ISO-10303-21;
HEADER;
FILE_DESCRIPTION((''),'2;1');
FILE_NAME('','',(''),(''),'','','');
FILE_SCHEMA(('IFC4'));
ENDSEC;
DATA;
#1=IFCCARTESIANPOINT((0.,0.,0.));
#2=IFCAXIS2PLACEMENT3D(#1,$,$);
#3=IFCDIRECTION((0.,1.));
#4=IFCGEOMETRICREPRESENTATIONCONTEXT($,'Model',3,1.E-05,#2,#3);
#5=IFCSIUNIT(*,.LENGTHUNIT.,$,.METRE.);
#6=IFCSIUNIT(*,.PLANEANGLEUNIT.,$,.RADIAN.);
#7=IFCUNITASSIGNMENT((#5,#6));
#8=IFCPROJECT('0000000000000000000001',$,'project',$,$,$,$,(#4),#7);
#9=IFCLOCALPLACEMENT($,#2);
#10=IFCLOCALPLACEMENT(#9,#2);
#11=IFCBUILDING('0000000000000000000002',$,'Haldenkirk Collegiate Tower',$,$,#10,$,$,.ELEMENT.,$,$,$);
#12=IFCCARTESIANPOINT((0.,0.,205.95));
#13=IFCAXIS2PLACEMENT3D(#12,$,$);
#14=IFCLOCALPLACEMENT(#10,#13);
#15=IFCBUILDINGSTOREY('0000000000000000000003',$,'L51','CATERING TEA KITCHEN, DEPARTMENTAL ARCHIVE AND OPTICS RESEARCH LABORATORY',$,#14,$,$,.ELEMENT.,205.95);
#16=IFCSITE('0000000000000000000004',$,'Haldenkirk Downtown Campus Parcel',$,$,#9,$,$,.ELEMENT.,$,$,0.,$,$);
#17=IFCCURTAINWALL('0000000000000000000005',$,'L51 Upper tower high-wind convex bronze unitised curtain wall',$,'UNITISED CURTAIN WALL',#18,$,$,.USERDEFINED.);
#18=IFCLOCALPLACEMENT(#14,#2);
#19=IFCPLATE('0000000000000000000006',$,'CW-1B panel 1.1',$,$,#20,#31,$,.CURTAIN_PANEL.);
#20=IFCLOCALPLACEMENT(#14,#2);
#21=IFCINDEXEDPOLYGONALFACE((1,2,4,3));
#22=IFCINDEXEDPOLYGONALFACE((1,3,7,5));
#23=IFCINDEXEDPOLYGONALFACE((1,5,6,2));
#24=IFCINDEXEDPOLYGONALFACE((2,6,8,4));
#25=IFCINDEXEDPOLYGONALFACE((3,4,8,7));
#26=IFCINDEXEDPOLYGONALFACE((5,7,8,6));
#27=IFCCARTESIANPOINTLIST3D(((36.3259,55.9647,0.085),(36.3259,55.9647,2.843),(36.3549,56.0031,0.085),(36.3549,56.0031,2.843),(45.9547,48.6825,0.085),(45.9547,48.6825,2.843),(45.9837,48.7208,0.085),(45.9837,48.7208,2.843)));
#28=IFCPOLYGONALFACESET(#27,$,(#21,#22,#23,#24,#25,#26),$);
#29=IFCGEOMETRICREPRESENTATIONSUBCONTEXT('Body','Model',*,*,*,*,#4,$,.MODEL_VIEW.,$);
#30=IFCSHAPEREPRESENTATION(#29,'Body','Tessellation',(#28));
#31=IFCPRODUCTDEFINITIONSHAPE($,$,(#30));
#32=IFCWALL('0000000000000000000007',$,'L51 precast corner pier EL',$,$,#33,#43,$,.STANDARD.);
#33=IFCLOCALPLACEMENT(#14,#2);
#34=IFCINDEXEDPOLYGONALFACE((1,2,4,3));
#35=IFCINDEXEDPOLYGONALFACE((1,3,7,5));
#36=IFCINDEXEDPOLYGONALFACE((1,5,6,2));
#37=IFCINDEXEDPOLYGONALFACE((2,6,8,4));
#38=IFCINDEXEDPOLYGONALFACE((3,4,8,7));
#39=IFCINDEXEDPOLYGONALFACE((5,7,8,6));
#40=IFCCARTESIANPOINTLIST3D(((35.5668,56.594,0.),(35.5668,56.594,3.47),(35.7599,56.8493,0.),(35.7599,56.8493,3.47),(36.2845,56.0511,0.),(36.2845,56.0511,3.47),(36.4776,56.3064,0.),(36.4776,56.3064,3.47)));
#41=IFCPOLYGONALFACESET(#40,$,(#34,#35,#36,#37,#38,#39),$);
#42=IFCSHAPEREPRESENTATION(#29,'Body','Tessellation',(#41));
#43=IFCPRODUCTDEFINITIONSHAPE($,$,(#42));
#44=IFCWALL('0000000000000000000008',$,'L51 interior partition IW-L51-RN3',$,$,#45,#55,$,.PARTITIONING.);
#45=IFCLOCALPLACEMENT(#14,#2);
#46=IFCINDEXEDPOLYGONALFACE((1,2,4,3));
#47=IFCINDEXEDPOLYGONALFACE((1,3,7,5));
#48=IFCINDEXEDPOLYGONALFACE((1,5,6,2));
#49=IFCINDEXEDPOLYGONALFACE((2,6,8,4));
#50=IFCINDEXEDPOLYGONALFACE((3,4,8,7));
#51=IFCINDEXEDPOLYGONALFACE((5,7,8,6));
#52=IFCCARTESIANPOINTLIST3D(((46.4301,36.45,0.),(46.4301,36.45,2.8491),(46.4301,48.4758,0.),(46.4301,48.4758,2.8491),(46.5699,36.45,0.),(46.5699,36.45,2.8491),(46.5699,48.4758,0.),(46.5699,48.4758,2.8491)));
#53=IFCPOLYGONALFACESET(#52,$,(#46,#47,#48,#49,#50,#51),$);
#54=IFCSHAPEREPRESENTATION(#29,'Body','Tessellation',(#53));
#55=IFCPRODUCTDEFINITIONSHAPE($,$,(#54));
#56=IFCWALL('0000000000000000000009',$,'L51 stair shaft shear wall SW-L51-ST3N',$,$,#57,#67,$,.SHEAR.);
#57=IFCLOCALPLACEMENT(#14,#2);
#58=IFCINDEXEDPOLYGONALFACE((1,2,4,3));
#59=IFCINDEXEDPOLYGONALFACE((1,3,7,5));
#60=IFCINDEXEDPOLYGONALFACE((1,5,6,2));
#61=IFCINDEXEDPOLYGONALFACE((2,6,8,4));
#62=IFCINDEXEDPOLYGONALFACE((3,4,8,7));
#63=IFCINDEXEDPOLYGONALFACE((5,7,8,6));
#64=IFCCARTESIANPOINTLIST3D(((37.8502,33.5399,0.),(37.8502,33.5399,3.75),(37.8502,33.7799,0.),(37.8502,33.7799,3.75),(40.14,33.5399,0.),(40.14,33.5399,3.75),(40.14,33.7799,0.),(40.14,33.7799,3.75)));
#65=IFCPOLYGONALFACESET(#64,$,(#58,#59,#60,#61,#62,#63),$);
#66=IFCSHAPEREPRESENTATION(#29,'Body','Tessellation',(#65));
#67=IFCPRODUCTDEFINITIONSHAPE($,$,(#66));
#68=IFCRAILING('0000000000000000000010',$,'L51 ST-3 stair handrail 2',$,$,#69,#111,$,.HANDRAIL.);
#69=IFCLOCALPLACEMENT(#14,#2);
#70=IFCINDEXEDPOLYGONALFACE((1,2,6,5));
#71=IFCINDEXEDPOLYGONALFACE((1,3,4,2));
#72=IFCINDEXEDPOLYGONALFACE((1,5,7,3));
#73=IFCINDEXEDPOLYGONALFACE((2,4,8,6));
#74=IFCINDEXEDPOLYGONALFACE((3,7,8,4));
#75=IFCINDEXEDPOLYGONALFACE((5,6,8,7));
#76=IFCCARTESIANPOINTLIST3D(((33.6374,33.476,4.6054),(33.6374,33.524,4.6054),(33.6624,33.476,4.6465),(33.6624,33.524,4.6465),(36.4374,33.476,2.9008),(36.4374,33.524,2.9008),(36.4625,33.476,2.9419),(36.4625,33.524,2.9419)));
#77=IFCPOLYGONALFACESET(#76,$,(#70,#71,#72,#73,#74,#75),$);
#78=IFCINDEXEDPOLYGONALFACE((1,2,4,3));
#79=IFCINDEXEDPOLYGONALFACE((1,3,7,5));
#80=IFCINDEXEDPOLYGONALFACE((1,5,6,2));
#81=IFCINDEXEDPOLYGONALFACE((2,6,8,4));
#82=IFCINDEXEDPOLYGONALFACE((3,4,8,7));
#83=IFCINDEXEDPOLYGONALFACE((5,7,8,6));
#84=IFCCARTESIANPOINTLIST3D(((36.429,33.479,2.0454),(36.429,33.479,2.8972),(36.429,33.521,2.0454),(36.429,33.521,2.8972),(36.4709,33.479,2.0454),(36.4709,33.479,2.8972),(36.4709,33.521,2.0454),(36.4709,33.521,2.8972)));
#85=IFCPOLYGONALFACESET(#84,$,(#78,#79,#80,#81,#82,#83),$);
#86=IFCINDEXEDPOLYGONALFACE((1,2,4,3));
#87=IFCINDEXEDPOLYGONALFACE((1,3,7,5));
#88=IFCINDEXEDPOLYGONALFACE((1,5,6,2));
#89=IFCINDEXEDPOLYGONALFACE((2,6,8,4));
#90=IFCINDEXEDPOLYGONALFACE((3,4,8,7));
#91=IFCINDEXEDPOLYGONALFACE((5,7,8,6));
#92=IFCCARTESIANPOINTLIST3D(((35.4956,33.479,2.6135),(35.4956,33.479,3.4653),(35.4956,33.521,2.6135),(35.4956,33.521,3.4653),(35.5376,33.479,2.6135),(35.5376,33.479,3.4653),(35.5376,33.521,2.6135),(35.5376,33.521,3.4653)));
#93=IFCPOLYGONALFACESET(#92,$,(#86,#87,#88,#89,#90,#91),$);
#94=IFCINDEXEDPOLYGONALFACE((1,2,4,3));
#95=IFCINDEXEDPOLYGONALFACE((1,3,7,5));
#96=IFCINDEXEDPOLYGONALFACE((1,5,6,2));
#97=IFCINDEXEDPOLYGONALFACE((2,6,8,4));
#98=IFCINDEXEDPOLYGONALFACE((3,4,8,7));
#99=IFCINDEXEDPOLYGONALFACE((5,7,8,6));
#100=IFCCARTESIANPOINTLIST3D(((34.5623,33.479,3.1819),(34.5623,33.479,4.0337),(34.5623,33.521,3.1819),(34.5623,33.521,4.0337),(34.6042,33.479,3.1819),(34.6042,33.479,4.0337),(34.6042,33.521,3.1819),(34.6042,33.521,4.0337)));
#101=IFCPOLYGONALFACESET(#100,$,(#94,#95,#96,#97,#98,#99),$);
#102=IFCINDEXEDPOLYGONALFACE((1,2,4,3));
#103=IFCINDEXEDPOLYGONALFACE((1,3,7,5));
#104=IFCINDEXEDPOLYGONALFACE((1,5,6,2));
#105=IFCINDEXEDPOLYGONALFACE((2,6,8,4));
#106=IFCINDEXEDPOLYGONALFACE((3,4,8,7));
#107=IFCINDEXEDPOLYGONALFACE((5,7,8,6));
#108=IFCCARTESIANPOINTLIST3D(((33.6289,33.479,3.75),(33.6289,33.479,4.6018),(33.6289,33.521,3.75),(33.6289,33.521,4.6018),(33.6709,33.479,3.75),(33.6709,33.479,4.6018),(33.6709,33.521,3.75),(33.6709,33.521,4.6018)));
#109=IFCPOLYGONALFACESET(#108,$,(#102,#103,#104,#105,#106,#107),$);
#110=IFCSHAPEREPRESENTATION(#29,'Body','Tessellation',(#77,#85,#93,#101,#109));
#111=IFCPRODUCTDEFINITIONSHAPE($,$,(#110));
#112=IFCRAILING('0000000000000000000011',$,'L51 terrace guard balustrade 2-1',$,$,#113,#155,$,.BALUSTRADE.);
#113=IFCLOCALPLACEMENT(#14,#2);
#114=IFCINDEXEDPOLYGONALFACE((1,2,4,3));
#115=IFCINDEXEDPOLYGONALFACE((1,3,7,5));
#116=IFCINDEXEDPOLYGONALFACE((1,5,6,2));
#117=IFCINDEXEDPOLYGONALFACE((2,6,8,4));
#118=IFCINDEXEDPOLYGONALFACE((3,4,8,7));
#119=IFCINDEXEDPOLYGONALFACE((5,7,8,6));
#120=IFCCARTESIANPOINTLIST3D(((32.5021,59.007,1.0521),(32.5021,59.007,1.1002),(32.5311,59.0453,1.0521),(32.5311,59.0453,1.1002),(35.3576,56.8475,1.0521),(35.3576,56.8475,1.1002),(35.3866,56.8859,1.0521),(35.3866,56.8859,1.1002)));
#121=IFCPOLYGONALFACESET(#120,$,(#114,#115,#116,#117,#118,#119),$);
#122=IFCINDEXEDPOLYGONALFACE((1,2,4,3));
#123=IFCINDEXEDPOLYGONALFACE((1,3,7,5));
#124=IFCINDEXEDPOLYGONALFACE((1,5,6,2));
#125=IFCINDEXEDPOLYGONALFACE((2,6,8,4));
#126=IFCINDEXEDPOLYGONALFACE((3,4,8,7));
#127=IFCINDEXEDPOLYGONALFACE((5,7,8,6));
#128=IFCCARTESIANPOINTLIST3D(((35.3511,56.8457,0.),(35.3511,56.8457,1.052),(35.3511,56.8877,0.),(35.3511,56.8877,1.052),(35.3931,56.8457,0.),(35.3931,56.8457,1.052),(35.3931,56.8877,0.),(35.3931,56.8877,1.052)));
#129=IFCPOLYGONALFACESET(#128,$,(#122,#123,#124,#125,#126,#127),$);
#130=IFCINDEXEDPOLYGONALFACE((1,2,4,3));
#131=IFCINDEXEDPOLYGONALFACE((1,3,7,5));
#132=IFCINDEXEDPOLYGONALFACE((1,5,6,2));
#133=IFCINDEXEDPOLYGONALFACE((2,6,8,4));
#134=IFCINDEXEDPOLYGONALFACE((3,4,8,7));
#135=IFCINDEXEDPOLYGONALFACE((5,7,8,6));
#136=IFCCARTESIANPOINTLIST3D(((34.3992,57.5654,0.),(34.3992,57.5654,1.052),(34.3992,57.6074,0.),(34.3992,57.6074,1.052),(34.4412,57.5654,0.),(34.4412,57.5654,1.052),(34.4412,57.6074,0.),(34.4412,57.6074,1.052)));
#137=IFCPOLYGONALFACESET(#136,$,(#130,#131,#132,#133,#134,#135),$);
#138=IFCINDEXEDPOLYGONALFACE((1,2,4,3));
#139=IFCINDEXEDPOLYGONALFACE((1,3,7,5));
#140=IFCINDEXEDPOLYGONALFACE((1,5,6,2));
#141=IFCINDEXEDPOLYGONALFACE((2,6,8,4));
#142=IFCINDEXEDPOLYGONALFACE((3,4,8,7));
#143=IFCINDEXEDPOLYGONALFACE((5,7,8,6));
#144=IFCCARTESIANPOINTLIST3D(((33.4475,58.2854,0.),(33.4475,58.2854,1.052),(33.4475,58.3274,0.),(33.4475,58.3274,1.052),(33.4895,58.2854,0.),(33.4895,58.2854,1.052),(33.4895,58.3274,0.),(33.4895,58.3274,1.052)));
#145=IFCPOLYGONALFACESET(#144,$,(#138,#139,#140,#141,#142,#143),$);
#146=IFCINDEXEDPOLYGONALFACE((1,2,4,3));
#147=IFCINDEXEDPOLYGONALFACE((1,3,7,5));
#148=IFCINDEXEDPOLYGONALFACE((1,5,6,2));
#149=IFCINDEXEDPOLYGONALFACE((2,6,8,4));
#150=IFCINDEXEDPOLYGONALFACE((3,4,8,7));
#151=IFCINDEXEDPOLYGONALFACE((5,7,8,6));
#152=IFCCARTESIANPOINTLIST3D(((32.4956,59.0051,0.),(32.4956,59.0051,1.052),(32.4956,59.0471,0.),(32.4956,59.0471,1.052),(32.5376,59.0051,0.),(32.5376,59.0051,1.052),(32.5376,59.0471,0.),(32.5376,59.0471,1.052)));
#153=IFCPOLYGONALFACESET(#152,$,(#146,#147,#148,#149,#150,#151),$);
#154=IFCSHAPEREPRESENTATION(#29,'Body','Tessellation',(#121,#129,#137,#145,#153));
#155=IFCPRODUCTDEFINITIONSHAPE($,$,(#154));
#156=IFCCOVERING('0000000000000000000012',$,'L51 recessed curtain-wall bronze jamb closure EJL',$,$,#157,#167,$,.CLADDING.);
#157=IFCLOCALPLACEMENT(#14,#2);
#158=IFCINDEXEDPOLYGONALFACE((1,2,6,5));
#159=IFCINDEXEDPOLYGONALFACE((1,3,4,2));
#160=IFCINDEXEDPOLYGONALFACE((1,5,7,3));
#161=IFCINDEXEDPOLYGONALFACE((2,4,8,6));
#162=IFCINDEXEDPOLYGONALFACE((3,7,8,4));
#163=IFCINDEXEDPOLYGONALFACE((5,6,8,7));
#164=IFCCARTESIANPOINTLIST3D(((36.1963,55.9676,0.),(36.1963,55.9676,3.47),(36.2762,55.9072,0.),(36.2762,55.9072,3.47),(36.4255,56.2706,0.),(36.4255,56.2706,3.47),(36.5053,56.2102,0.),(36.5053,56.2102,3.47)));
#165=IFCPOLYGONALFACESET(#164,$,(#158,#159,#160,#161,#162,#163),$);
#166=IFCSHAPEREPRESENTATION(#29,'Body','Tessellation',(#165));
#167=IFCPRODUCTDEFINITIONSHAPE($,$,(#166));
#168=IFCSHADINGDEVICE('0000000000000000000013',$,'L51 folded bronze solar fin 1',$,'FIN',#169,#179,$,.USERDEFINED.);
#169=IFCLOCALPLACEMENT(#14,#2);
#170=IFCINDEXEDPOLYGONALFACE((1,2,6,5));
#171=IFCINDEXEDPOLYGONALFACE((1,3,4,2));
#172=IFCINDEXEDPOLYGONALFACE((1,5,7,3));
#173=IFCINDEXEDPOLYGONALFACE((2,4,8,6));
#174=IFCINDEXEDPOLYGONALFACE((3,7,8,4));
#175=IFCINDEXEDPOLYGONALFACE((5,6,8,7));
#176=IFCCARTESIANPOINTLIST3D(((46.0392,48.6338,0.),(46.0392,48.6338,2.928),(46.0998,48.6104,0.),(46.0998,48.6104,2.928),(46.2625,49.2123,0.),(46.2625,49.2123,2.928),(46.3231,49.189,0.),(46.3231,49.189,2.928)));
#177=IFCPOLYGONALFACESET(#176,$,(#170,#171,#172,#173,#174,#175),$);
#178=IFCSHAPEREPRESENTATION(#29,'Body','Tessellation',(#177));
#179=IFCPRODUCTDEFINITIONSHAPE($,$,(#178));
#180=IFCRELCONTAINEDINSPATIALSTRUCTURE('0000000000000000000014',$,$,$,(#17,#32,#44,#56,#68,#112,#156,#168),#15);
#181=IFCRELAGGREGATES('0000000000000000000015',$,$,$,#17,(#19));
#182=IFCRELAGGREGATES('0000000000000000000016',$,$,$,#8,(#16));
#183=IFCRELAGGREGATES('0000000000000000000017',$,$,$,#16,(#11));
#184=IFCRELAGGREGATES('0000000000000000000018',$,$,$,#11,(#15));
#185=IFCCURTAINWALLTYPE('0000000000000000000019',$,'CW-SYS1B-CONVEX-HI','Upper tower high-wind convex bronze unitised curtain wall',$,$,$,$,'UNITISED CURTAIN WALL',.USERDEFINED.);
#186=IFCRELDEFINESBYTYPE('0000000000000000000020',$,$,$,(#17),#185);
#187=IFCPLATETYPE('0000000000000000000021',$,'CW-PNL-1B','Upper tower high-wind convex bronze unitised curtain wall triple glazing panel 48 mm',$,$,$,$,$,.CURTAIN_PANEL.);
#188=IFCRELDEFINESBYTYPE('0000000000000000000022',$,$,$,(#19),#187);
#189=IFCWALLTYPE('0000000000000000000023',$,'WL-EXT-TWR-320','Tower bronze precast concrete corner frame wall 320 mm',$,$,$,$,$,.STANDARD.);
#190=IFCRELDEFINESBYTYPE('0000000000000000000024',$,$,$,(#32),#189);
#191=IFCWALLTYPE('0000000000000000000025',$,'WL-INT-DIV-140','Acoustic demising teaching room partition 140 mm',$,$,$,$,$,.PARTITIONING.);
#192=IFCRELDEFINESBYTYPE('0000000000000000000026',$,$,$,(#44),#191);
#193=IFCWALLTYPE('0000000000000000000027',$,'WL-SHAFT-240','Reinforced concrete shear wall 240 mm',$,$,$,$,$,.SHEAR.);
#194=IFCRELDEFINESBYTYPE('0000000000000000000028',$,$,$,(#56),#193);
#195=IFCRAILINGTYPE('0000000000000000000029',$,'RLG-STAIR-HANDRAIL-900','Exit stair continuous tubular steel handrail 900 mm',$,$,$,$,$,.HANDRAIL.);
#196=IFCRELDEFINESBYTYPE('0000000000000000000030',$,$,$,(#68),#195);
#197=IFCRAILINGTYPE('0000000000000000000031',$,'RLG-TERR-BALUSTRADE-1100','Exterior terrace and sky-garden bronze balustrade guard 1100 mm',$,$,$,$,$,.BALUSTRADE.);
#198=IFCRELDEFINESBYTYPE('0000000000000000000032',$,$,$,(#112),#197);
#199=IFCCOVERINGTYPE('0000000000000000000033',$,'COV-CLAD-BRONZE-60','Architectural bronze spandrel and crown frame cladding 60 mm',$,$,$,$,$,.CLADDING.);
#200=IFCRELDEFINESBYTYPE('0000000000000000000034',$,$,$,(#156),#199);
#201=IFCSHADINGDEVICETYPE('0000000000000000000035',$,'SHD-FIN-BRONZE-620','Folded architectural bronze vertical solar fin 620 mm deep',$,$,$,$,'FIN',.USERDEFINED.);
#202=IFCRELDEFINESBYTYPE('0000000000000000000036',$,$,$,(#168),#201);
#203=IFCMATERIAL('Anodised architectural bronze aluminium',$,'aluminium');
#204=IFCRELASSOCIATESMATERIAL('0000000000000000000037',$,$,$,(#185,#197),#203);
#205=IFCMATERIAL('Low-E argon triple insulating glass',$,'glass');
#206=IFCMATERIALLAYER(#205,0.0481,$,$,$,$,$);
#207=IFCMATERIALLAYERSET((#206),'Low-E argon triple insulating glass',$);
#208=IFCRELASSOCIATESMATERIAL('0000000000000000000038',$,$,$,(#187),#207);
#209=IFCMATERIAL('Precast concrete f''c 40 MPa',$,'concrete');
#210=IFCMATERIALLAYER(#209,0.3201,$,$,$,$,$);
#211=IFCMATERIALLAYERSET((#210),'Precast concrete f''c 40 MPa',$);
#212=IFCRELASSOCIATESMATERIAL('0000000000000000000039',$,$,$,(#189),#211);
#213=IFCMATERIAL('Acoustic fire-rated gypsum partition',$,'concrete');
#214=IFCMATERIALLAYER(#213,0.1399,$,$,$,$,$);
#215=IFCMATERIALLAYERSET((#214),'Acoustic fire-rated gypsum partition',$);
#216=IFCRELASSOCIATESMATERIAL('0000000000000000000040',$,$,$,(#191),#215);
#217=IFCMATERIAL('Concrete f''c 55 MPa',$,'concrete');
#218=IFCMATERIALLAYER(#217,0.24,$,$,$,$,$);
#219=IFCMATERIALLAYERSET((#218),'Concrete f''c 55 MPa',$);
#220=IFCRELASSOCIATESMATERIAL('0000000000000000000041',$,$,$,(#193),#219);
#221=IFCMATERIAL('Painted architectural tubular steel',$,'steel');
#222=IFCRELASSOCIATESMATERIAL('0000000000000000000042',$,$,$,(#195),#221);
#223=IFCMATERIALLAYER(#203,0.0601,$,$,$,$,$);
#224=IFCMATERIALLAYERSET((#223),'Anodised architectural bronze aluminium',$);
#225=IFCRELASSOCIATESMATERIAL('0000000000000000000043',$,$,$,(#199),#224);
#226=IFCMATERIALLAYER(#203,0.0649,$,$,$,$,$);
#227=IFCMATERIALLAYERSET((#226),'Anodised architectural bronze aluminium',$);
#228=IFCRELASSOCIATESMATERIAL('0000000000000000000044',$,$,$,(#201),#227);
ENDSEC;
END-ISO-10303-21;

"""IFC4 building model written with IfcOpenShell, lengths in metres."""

from ifc_helpers import new_model, si_unit, direction, frame, frame_2d, origin, origin_2d, place, context, subcontext, project, spatial, rectangle, extrude, source, transform, mapped, material, layer, layer_set, type_object, element, aggregate, save


model = new_model("IFC4")

# Units and contexts
model_context = context("Model", 3, precision=1e-05, world=origin(), true_north=direction((0.0, 1.0)))
body_context = subcontext(model_context, "Body", "Model", "MODEL_VIEW")
ifc_project = project(units=[si_unit("LENGTHUNIT", "METRE"), si_unit("PLANEANGLEUNIT", "RADIAN")], contexts=[model_context])

# Site, building, storey
site_placement = place(None, origin())
site = spatial("IfcSite", under=ifc_project, at=site_placement, Name="Haldenkirk Downtown Campus Parcel", CompositionType="ELEMENT", RefElevation=0.0)
building_placement = place(site_placement, origin())
building = spatial("IfcBuilding", under=site, at=building_placement, Name="Haldenkirk Collegiate Tower", CompositionType="ELEMENT")
storey_placement = place(building_placement, frame((0.0, 0.0, 205.95)))
storey = spatial("IfcBuildingStorey", under=building, at=storey_placement, Name="L51", Description="CATERING TEA KITCHEN, DEPARTMENTAL ARCHIVE AND OPTICS RESEARCH LABORATORY", CompositionType="ELEMENT", Elevation=205.95)

# Curtain wall, plate
ifc_material_1 = material(Name="Anodised architectural bronze aluminium", Category="aluminium")
curtain_wall_type = type_object("IfcCurtainWallType", Name="CW-SYS1B-CONVEX-HI", Description="Upper tower high-wind convex bronze unitised curtain wall", ElementType="UNITISED CURTAIN WALL", PredefinedType="USERDEFINED", material=ifc_material_1)
curtain_wall_placement = place(storey_placement, origin())
curtain_wall = element("IfcCurtainWall", 1, at=curtain_wall_placement, inside=storey, type_object=curtain_wall_type, Name="L51 Upper tower high-wind convex bronze unitised curtain wall", ObjectType="UNITISED CURTAIN WALL", PredefinedType="USERDEFINED")
ifc_material_2 = material(Name="Low-E argon triple insulating glass", Category="glass")
ifc_layer_1 = layer(ifc_material_2, 0.0481)
ifc_layer_set_1 = layer_set([ifc_layer_1], Name="Low-E argon triple insulating glass")
plate_type = type_object("IfcPlateType", Name="CW-PNL-1B", Description="Upper tower high-wind convex bronze unitised curtain wall triple glazing panel 48 mm", PredefinedType="CURTAIN_PANEL", material=ifc_layer_set_1)
shared_shape_1 = source(origin(), body_context, "Body", "SweptSolid", [
    extrude(rectangle(XDim=12.0725, YDim=0.0481, at=origin_2d()), origin(), (0.0, 0.0, 1.0), 2.7581),
])
plate_placement = place(storey_placement, frame((41.1548, 52.3428, 0.085), z_axis=(0.0, 0.0, 1.0), x_axis=(0.797584, -0.603207, 0.0)))
plate = element("IfcPlate", 2, at=plate_placement, type_object=plate_type, Name="CW-1B panel 1.1", PredefinedType="CURTAIN_PANEL", context=body_context, shape_type="MappedRepresentation", body=[
    mapped(shared_shape_1, transform((0.0, 0.0, 0.0), x_axis=(1.0, 0.0, 0.0), y_axis=(0.0, 1.0, 0.0), z_axis=(0.0, 0.0, 1.0), scale=1.0)),
])
aggregate(curtain_wall, [plate])

# Walls
ifc_material_3 = material(Name="Precast concrete f'c 40 MPa", Category="concrete")
ifc_layer_2 = layer(ifc_material_3, 0.3201)
ifc_layer_set_2 = layer_set([ifc_layer_2], Name="Precast concrete f'c 40 MPa")
wall_type_1 = type_object("IfcWallType", Name="WL-EXT-TWR-320", Description="Tower bronze precast concrete corner frame wall 320 mm", PredefinedType="STANDARD", material=ifc_layer_set_2)
wall_1_placement = place(storey_placement, frame((35.6633, 56.7217, 0.0), z_axis=(0.0, 0.0, 1.0), x_axis=(0.797519, -0.603293, 0.0)))
element("IfcWall", 3, at=wall_1_placement, inside=storey, type_object=wall_type_1, Name="L51 precast corner pier EL", PredefinedType="STANDARD", context=body_context, shape_type="SweptSolid", body=[
    extrude(rectangle(XDim=0.8999, YDim=0.3201, at=frame_2d((0.45, 0.0))), origin(), (0.0, 0.0, 1.0), 3.47),
])
ifc_material_4 = material(Name="Acoustic fire-rated gypsum partition", Category="concrete")
ifc_layer_3 = layer(ifc_material_4, 0.1399)
ifc_layer_set_3 = layer_set([ifc_layer_3], Name="Acoustic fire-rated gypsum partition")
wall_type_2 = type_object("IfcWallType", Name="WL-INT-DIV-140", Description="Acoustic demising teaching room partition 140 mm", PredefinedType="PARTITIONING", material=ifc_layer_set_3)
wall_2_placement = place(storey_placement, frame((46.5, 36.45, 0.0), z_axis=(0.0, 0.0, 1.0), x_axis=(0.0, 1.0, 0.0)))
element("IfcWall", 4, at=wall_2_placement, inside=storey, type_object=wall_type_2, Name="L51 interior partition IW-L51-RN3", PredefinedType="PARTITIONING", context=body_context, shape_type="SweptSolid", body=[
    extrude(rectangle(XDim=12.0259, YDim=0.1399, at=frame_2d((6.0129, 0.0))), origin(), (0.0, 0.0, 1.0), 2.8491),
])
ifc_material_5 = material(Name="Concrete f'c 55 MPa", Category="concrete")
ifc_layer_4 = layer(ifc_material_5, 0.24)
ifc_layer_set_4 = layer_set([ifc_layer_4], Name="Concrete f'c 55 MPa")
wall_type_3 = type_object("IfcWallType", Name="WL-SHAFT-240", Description="Reinforced concrete shear wall 240 mm", PredefinedType="SHEAR", material=ifc_layer_set_4)
wall_3_placement = place(storey_placement, frame((37.8501, 33.6599, 0.0), z_axis=(0.0, 0.0, 1.0), x_axis=(1.0, 0.0, 0.0)))
element("IfcWall", 5, at=wall_3_placement, inside=storey, type_object=wall_type_3, Name="L51 stair shaft shear wall SW-L51-ST3N", PredefinedType="SHEAR", context=body_context, shape_type="SweptSolid", body=[
    extrude(rectangle(XDim=2.2898, YDim=0.24, at=frame_2d((1.145, 0.0))), origin(), (0.0, 0.0, 1.0), 3.75),
])

# Railings
ifc_material_6 = material(Name="Painted architectural tubular steel", Category="steel")
railing_type_1 = type_object("IfcRailingType", Name="RLG-STAIR-HANDRAIL-900", Description="Exit stair continuous tubular steel handrail 900 mm", PredefinedType="HANDRAIL", material=ifc_material_6)
railing_1_placement = place(storey_placement, frame((36.45, 33.5, 2.0454)))
element("IfcRailing", 6, at=railing_1_placement, inside=storey, type_object=railing_type_1, Name="L51 ST-3 stair handrail 2", PredefinedType="HANDRAIL", context=body_context, shape_type="SweptSolid", body=[
    extrude(rectangle(XDim=0.0481, YDim=0.0481, at=origin_2d()), frame((0.0, 0.0, 0.876), z_axis=(-0.85417, 0.0, 0.519994), x_axis=(0.0, -1.0, 0.0)), (0.0, 0.0, 1.0), 3.2781),
    extrude(rectangle(XDim=0.042, YDim=0.042, at=origin_2d()), origin(), (0.0, 0.0, 1.0), 0.8518),
    extrude(rectangle(XDim=0.042, YDim=0.042, at=origin_2d()), frame((-0.9333, 0.0, 0.5681)), (0.0, 0.0, 1.0), 0.8518),
    extrude(rectangle(XDim=0.042, YDim=0.042, at=origin_2d()), frame((-1.8667, 0.0, 1.1365)), (0.0, 0.0, 1.0), 0.8518),
    extrude(rectangle(XDim=0.042, YDim=0.042, at=origin_2d()), frame((-2.8, 0.0, 1.7046)), (0.0, 0.0, 1.0), 0.8518),
])
railing_type_2 = type_object("IfcRailingType", Name="RLG-TERR-BALUSTRADE-1100", Description="Exterior terrace and sky-garden bronze balustrade guard 1100 mm", PredefinedType="BALUSTRADE", material=ifc_material_1)
railing_2_placement = place(storey_placement, frame((35.3721, 56.8667, 0.0)))
element("IfcRailing", 7, at=railing_2_placement, inside=storey, type_object=railing_type_2, Name="L51 terrace guard balustrade 2-1", PredefinedType="BALUSTRADE", context=body_context, shape_type="SweptSolid", body=[
    extrude(rectangle(XDim=0.0481, YDim=0.0481, at=origin_2d()), frame((0.0, 0.0, 1.0762), z_axis=(-0.797604, 0.603181, 0.0), x_axis=(-0.603181, -0.797604, 0.0)), (0.0, 0.0, 1.0), 3.5801),
    extrude(rectangle(XDim=0.042, YDim=0.042, at=origin_2d()), origin(), (0.0, 0.0, 1.0), 1.052),
    extrude(rectangle(XDim=0.042, YDim=0.042, at=origin_2d()), frame((-0.9519, 0.7197, 0.0)), (0.0, 0.0, 1.0), 1.052),
    extrude(rectangle(XDim=0.042, YDim=0.042, at=origin_2d()), frame((-1.9036, 1.4397, 0.0)), (0.0, 0.0, 1.0), 1.052),
    extrude(rectangle(XDim=0.042, YDim=0.042, at=origin_2d()), frame((-2.8555, 2.1594, 0.0)), (0.0, 0.0, 1.0), 1.052),
])

# Covering
ifc_layer_5 = layer(ifc_material_1, 0.0601)
ifc_layer_set_5 = layer_set([ifc_layer_5], Name="Anodised architectural bronze aluminium")
covering_type = type_object("IfcCoveringType", Name="COV-CLAD-BRONZE-60", Description="Architectural bronze spandrel and crown frame cladding 60 mm", PredefinedType="CLADDING", material=ifc_layer_set_5)
shared_shape_2 = source(origin(), body_context, "Body", "SweptSolid", [
    extrude(rectangle(XDim=0.1001, YDim=0.3799, at=origin_2d()), origin(), (0.0, 0.0, 1.0), 3.47),
])
covering_placement = place(storey_placement, frame((36.3508, 56.0889, 0.0), z_axis=(0.0, 0.0, 1.0), x_axis=(0.797584, -0.603208, 0.0)))
element("IfcCovering", 8, at=covering_placement, inside=storey, type_object=covering_type, Name="L51 recessed curtain-wall bronze jamb closure EJL", PredefinedType="CLADDING", context=body_context, shape_type="MappedRepresentation", body=[
    mapped(shared_shape_2, transform((0.0, 0.0, 0.0), x_axis=(1.0, 0.0, 0.0), y_axis=(0.0, 1.0, 0.0), z_axis=(0.0, 0.0, 1.0), scale=1.0)),
])

# Shading device
ifc_layer_6 = layer(ifc_material_1, 0.0649)
ifc_layer_set_6 = layer_set([ifc_layer_6], Name="Anodised architectural bronze aluminium")
shading_device_type = type_object("IfcShadingDeviceType", Name="SHD-FIN-BRONZE-620", Description="Folded architectural bronze vertical solar fin 620 mm deep", ElementType="FIN", PredefinedType="USERDEFINED", material=ifc_layer_set_6)
shared_shape_3 = source(origin(), body_context, "Body", "SweptSolid", [
    extrude(rectangle(XDim=0.6201, YDim=0.0649, at=origin_2d()), origin(), (0.0, 0.0, 1.0), 2.928),
])
shading_device_placement = place(storey_placement, frame((46.1812, 48.9114, 0.0), z_axis=(0.0, 0.0, 1.0), x_axis=(0.359997, 0.932954, 0.0)))
element("IfcShadingDevice", 9, at=shading_device_placement, inside=storey, type_object=shading_device_type, Name="L51 folded bronze solar fin 1", ObjectType="FIN", PredefinedType="USERDEFINED", context=body_context, shape_type="MappedRepresentation", body=[
    mapped(shared_shape_3, transform((0.0, 0.0, 0.0), x_axis=(1.0, 0.0, 0.0), y_axis=(0.0, 1.0, 0.0), z_axis=(0.0, 0.0, 1.0), scale=1.0)),
])

save(model, "model.ifc")
